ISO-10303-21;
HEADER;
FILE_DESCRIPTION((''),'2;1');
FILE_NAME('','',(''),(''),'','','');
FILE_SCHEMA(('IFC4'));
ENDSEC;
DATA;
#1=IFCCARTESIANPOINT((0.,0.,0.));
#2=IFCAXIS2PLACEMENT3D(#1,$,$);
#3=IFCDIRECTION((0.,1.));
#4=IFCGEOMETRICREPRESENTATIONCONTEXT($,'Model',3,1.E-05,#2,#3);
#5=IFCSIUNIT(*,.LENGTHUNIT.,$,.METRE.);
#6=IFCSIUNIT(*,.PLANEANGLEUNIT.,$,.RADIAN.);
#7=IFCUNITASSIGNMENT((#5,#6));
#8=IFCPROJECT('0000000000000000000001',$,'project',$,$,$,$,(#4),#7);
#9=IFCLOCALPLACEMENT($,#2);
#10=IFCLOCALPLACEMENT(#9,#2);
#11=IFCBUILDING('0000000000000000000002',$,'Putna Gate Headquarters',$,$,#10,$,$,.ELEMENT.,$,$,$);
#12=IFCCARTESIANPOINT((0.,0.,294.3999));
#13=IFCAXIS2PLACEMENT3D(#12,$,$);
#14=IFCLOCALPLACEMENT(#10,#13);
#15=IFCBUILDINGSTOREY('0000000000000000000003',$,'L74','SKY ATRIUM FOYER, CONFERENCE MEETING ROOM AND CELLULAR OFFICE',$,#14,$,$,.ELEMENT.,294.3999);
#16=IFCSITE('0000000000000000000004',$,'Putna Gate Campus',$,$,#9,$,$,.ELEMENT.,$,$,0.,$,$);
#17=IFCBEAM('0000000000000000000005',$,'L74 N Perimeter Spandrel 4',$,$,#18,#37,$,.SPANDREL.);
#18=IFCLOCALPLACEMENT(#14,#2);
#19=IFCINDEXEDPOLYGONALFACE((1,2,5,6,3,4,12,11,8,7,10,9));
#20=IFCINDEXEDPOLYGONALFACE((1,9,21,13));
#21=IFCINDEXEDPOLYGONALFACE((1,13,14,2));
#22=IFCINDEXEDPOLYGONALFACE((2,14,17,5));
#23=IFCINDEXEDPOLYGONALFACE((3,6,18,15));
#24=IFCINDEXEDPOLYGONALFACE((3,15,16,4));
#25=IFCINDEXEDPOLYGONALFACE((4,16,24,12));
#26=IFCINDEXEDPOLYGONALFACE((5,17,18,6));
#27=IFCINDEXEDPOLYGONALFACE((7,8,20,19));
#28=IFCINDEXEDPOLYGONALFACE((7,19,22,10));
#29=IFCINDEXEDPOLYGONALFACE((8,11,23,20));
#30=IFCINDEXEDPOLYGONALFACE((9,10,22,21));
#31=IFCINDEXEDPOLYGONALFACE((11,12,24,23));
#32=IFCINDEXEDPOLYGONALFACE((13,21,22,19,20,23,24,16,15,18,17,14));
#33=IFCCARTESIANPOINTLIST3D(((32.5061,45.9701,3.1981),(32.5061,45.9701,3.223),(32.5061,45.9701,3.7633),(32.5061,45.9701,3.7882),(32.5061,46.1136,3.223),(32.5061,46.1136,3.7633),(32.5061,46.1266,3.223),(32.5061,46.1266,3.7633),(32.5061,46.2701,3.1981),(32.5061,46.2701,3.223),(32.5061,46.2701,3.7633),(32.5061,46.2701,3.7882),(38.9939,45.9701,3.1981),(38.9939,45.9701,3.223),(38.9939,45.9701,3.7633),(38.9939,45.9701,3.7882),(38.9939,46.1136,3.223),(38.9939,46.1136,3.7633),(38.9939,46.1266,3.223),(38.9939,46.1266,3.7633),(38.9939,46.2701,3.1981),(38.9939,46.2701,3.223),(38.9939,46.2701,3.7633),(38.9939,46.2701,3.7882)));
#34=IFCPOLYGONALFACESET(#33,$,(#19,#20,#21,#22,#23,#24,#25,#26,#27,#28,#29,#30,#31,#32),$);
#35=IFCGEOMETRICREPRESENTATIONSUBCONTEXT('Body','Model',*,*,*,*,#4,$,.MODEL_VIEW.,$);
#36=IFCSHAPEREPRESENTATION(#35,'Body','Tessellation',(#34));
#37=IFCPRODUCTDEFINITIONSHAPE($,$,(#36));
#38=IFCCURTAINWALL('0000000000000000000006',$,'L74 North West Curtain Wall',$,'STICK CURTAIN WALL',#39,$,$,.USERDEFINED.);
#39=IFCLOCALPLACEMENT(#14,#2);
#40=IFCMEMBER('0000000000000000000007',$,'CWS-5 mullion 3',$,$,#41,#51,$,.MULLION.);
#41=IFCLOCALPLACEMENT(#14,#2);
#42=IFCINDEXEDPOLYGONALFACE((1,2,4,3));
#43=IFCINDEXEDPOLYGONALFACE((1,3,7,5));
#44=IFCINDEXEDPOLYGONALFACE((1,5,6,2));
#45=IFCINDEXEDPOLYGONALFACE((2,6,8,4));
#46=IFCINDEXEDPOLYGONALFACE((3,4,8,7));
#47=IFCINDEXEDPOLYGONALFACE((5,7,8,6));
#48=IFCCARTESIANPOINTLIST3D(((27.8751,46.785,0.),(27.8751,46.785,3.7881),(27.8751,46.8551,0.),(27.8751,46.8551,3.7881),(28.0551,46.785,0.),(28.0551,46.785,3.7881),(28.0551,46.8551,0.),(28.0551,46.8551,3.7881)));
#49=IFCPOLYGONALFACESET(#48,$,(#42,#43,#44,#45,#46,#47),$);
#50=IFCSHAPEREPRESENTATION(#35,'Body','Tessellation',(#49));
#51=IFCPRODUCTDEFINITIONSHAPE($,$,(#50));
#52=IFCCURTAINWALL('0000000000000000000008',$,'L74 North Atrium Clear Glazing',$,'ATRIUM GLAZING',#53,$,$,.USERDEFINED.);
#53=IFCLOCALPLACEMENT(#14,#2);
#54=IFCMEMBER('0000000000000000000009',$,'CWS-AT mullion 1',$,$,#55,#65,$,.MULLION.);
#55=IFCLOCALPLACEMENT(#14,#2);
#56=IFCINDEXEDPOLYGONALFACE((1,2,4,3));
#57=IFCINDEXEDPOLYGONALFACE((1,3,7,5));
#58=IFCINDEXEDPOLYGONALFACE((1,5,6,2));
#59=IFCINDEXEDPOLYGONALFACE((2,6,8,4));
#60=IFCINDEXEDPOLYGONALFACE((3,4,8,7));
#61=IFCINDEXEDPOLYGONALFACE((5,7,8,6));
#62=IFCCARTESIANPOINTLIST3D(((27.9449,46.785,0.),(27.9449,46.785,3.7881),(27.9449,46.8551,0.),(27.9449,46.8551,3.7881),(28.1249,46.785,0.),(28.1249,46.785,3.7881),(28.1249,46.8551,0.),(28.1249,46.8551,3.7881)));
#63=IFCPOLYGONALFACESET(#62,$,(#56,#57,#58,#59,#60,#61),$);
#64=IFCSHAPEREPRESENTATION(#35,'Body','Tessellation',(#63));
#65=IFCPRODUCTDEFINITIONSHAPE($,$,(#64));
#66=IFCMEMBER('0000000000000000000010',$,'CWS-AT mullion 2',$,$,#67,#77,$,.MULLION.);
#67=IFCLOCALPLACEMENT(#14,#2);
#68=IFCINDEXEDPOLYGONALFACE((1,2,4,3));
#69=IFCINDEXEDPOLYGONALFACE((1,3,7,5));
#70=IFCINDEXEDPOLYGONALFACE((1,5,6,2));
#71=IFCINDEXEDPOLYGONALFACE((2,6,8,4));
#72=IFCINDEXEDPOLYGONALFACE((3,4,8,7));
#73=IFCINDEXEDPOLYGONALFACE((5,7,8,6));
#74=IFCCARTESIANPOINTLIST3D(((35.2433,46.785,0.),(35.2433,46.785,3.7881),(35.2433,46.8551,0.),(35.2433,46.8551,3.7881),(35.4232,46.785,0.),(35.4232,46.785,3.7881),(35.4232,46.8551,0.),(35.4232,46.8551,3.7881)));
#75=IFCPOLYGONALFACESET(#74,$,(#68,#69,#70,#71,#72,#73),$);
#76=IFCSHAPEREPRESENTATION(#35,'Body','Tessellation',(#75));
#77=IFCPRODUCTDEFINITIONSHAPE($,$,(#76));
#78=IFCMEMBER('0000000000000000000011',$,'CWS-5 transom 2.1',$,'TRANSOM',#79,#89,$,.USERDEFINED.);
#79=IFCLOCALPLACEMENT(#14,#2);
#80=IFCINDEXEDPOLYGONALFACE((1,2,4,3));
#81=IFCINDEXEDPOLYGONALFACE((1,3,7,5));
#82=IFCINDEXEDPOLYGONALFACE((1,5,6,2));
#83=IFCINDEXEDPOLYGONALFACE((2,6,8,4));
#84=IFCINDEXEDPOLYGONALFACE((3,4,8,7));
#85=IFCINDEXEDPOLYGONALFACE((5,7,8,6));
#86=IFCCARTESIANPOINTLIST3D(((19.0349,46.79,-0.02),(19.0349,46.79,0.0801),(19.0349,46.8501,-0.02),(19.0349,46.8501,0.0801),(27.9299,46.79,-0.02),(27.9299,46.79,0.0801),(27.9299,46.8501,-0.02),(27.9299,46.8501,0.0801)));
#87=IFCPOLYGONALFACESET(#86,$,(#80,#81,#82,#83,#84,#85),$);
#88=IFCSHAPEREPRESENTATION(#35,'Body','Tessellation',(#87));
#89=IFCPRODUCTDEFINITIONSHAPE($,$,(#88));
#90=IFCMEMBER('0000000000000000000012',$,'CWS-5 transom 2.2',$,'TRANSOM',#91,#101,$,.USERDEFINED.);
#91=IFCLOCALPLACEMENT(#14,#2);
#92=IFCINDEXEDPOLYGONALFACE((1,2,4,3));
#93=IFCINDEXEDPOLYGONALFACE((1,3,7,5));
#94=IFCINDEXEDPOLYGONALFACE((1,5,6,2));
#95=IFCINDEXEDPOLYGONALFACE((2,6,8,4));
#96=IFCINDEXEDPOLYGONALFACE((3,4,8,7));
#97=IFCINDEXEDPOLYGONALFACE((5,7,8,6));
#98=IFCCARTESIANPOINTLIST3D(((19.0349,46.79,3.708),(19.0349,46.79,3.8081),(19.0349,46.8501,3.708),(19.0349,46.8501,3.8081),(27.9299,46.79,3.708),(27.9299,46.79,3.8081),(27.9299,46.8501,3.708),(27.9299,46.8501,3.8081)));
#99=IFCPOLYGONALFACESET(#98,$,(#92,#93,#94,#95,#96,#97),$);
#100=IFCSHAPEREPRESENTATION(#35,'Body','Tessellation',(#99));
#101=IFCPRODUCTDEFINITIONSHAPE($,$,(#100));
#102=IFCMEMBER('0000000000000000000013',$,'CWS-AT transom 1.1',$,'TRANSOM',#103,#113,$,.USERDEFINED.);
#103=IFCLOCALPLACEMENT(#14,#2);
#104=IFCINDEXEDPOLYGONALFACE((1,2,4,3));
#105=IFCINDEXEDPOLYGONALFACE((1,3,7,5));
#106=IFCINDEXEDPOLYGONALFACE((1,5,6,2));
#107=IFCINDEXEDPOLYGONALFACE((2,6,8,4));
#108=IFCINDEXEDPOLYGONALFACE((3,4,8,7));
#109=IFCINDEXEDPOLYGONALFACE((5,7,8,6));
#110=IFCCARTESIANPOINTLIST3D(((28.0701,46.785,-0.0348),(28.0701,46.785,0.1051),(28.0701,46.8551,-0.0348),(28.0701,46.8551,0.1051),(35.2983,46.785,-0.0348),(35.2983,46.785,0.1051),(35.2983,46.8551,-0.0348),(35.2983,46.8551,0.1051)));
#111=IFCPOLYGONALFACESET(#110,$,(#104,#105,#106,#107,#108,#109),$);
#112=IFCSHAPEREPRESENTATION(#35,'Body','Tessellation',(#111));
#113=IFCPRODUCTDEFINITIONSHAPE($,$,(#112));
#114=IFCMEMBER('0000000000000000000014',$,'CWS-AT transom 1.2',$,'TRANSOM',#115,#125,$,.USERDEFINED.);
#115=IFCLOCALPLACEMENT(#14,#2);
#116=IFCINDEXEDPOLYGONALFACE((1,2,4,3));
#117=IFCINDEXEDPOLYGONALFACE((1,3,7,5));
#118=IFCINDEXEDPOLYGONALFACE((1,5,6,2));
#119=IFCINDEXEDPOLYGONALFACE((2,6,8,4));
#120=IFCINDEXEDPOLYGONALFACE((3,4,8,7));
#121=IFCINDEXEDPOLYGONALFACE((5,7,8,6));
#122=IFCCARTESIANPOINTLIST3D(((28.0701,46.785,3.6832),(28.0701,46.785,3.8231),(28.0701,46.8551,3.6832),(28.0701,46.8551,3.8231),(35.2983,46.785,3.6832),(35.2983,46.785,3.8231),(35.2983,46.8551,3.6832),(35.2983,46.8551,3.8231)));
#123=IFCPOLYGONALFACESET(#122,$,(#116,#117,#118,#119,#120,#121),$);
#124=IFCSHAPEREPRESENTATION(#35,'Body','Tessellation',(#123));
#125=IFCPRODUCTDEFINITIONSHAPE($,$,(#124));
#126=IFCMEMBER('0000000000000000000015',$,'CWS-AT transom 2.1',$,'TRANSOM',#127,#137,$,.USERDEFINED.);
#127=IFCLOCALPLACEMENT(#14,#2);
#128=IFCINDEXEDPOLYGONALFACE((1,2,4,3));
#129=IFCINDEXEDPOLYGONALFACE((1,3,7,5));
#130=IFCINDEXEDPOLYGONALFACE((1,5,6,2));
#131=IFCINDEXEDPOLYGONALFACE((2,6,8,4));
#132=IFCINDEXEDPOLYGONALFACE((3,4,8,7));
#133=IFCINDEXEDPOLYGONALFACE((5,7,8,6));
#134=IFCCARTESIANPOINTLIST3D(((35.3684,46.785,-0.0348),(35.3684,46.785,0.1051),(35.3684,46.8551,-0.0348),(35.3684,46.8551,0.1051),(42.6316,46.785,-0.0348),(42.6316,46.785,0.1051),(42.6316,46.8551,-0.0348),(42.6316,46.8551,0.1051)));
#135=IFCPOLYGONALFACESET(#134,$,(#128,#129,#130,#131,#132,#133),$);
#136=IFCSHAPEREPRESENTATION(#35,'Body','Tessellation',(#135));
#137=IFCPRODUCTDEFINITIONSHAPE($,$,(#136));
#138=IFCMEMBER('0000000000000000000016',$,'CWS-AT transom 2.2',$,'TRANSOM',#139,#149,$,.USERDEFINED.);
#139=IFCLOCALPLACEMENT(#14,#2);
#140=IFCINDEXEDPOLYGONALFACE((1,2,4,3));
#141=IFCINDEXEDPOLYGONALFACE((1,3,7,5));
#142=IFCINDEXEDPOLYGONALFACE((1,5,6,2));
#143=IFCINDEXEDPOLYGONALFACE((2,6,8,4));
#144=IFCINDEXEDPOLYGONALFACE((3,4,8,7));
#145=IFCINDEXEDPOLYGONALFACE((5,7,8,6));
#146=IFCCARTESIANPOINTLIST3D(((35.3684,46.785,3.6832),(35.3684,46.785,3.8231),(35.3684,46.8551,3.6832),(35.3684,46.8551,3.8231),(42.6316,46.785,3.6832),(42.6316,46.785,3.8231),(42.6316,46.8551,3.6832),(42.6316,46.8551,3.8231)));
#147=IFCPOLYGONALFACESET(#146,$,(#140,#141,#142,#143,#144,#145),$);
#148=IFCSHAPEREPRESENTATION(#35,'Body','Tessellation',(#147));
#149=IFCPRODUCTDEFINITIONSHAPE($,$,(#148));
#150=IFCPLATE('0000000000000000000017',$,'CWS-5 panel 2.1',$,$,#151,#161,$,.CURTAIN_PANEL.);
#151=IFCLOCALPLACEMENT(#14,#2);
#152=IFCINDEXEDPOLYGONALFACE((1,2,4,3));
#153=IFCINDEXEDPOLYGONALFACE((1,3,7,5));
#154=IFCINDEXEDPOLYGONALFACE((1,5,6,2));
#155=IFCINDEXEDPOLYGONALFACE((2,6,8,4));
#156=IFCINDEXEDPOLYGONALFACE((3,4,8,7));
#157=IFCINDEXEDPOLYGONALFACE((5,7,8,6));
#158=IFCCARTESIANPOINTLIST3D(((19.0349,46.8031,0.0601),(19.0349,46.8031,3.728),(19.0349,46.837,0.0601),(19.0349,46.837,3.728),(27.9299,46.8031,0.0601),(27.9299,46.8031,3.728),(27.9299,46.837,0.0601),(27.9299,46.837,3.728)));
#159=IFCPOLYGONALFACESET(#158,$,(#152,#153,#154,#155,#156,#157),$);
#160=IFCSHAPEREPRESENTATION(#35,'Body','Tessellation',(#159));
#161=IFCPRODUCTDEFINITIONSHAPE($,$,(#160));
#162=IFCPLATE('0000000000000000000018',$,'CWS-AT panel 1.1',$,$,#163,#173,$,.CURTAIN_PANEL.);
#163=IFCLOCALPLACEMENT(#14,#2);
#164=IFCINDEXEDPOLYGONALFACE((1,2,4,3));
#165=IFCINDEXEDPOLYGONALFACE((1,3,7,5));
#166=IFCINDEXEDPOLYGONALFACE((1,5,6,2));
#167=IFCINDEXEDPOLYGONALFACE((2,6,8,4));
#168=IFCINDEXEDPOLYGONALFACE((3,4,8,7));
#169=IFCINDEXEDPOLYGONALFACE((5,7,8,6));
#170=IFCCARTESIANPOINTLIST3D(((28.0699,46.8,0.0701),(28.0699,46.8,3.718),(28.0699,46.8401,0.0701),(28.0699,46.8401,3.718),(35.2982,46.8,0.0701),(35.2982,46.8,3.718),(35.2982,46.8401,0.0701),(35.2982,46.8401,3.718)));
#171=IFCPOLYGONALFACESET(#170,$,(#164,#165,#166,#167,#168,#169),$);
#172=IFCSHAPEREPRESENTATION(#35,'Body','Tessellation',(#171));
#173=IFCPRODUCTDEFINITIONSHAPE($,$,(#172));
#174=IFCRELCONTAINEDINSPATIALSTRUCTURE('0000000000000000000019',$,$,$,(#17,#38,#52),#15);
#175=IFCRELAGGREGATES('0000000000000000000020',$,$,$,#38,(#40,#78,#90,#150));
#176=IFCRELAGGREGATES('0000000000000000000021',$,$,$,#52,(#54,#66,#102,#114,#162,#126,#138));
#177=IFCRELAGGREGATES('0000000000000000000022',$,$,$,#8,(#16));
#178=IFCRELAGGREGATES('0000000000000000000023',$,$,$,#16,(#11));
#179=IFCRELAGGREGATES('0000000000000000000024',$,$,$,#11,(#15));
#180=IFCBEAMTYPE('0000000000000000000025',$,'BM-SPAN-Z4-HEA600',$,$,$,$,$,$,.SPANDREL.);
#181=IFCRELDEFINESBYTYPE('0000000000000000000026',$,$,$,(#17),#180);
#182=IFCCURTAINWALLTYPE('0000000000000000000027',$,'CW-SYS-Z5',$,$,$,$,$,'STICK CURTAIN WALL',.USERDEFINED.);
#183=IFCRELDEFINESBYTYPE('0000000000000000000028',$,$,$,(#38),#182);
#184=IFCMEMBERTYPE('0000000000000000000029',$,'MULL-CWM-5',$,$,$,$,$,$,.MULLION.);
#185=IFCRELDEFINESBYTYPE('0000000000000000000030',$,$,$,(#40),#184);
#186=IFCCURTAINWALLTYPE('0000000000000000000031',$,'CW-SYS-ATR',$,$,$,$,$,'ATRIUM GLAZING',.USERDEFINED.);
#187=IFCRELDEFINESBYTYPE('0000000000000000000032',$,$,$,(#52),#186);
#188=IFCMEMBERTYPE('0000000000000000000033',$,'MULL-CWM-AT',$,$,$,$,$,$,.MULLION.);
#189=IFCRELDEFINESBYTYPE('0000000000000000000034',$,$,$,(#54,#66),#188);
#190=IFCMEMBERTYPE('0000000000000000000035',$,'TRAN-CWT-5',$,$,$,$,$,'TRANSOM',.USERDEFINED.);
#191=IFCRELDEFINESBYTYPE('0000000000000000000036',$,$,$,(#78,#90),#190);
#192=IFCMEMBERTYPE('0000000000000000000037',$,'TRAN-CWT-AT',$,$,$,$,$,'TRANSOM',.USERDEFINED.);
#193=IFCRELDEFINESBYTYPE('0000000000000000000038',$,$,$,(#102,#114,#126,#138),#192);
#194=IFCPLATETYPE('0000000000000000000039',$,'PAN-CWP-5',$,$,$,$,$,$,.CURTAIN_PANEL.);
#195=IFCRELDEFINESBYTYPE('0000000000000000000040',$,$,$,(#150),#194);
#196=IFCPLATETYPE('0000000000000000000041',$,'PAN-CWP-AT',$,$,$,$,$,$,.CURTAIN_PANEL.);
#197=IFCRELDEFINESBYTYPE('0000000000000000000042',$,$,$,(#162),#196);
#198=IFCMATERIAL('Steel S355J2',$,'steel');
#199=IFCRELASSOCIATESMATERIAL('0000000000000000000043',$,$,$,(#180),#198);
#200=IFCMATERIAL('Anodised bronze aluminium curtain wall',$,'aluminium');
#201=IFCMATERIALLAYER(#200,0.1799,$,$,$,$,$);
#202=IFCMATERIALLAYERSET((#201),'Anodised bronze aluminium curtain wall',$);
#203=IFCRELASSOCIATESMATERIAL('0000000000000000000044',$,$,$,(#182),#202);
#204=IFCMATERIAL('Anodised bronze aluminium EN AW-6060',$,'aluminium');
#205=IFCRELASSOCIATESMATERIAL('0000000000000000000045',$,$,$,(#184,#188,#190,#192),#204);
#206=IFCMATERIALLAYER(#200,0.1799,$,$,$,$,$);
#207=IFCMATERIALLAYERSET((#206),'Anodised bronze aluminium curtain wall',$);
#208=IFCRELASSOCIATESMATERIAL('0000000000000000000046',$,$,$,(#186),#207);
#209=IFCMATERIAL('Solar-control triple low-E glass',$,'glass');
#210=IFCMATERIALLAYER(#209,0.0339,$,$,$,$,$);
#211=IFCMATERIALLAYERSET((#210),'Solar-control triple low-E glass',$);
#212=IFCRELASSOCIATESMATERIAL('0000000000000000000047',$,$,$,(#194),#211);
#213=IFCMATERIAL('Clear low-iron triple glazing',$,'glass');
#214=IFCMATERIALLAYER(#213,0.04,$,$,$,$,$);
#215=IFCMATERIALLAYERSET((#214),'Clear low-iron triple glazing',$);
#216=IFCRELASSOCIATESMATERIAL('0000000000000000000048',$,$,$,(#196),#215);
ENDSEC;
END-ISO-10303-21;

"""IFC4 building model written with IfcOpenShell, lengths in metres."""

from ifc_helpers import new_model, si_unit, direction, frame, origin, origin_2d, place, context, subcontext, project, spatial, rectangle, i_section, extrude, material, layer, layer_set, material_profile, profile_set, type_object, element, aggregate, save


model = new_model("IFC4")

# Units and contexts
model_context = context("Model", 3, precision=1e-05, world=origin(), true_north=direction((0.0, 1.0)))
body_context = subcontext(model_context, "Body", "Model", "MODEL_VIEW")
ifc_project = project(units=[si_unit("LENGTHUNIT", "METRE"), si_unit("PLANEANGLEUNIT", "RADIAN")], contexts=[model_context])

# Site, building, storey
site_placement = place(None, origin())
site = spatial("IfcSite", under=ifc_project, at=site_placement, Name="Putna Gate Campus", CompositionType="ELEMENT", RefElevation=0.0)
building_placement = place(site_placement, origin())
building = spatial("IfcBuilding", under=site, at=building_placement, Name="Putna Gate Headquarters", CompositionType="ELEMENT")
storey_placement = place(building_placement, frame((0.0, 0.0, 294.3999)))
storey = spatial("IfcBuildingStorey", under=building, at=storey_placement, Name="L74", Description="SKY ATRIUM FOYER, CONFERENCE MEETING ROOM AND CELLULAR OFFICE", CompositionType="ELEMENT", Elevation=294.3999)

# Beam
ifc_material_1 = material(Name="Steel S355J2", Category="steel")
ifc_material_profile_1 = material_profile(ifc_material_1, i_section(OverallWidth=0.3, OverallDepth=0.5901, WebThickness=0.0129, FlangeThickness=0.0249, at=origin_2d()), Name="Steel S355J2")
ifc_profile_set_1 = profile_set([ifc_material_profile_1], Name="Steel S355J2")
beam_type_1 = type_object("IfcBeamType", Name="BM-SPAN-Z4-HEA600", PredefinedType="SPANDREL", material=ifc_profile_set_1)
for number, where, z_axis, x_axis, name in (
    (1, (32.5061, 46.1201, 3.4932), (1.0, 0.0, 0.0), (0.0, 1.0, 0.0), "L74 N Perimeter Spandrel 4"),
):
    element("IfcBeam", number, at=place(storey_placement, frame(where, z_axis=z_axis, x_axis=x_axis)), inside=storey, type_object=beam_type_1, Name=name, PredefinedType="SPANDREL", context=body_context, shape_type="SweptSolid", body=[
        extrude(i_section(OverallWidth=0.3, OverallDepth=0.5901, WebThickness=0.0129, FlangeThickness=0.0249, at=origin_2d()), origin(), (0.0, 0.0, 1.0), 6.4878),
    ])

# Curtain wall, member
ifc_material_2 = material(Name="Anodised bronze aluminium curtain wall", Category="aluminium")
ifc_layer_1 = layer(ifc_material_2, 0.1799)
ifc_layer_set_1 = layer_set([ifc_layer_1], Name="Anodised bronze aluminium curtain wall")
curtain_wall_type_1 = type_object("IfcCurtainWallType", Name="CW-SYS-Z5", ElementType="STICK CURTAIN WALL", PredefinedType="USERDEFINED", material=ifc_layer_set_1)
curtain_wall_1_placement = place(storey_placement, origin())
curtain_wall_1 = element("IfcCurtainWall", 2, at=curtain_wall_1_placement, inside=storey, type_object=curtain_wall_type_1, Name="L74 North West Curtain Wall", ObjectType="STICK CURTAIN WALL", PredefinedType="USERDEFINED")
ifc_material_3 = material(Name="Anodised bronze aluminium EN AW-6060", Category="aluminium")
ifc_material_profile_2 = material_profile(ifc_material_3, rectangle(XDim=0.0701, YDim=0.1799, at=origin_2d()), Name="Anodised bronze aluminium EN AW-6060")
ifc_profile_set_2 = profile_set([ifc_material_profile_2], Name="Anodised bronze aluminium EN AW-6060")
member_type_1 = type_object("IfcMemberType", Name="MULL-CWM-5", PredefinedType="MULLION", material=ifc_profile_set_2)
member_1_placement = place(storey_placement, frame((27.9651, 46.8201, 0.0), z_axis=(0.0, 0.0, 1.0), x_axis=(0.0, 1.0, 0.0)))
member_1 = element("IfcMember", 3, at=member_1_placement, type_object=member_type_1, Name="CWS-5 mullion 3", PredefinedType="MULLION", context=body_context, shape_type="SweptSolid", body=[
    extrude(rectangle(XDim=0.0701, YDim=0.1799, at=origin_2d()), origin(), (0.0, 0.0, 1.0), 3.7881),
])

# Curtain wall, members
ifc_layer_2 = layer(ifc_material_2, 0.1799)
ifc_layer_set_2 = layer_set([ifc_layer_2], Name="Anodised bronze aluminium curtain wall")
curtain_wall_type_2 = type_object("IfcCurtainWallType", Name="CW-SYS-ATR", ElementType="ATRIUM GLAZING", PredefinedType="USERDEFINED", material=ifc_layer_set_2)
curtain_wall_2_placement = place(storey_placement, origin())
curtain_wall_2 = element("IfcCurtainWall", 4, at=curtain_wall_2_placement, inside=storey, type_object=curtain_wall_type_2, Name="L74 North Atrium Clear Glazing", ObjectType="ATRIUM GLAZING", PredefinedType="USERDEFINED")
ifc_material_profile_3 = material_profile(ifc_material_3, rectangle(XDim=0.0701, YDim=0.1799, at=origin_2d()), Name="Anodised bronze aluminium EN AW-6060")
ifc_profile_set_3 = profile_set([ifc_material_profile_3], Name="Anodised bronze aluminium EN AW-6060")
member_type_2 = type_object("IfcMemberType", Name="MULL-CWM-AT", PredefinedType="MULLION", material=ifc_profile_set_3)
member_2_placement = place(storey_placement, frame((28.0349, 46.8201, 0.0), z_axis=(0.0, 0.0, 1.0), x_axis=(0.0, 1.0, 0.0)))
member_2 = element("IfcMember", 5, at=member_2_placement, type_object=member_type_2, Name="CWS-AT mullion 1", PredefinedType="MULLION", context=body_context, shape_type="SweptSolid", body=[
    extrude(rectangle(XDim=0.0701, YDim=0.1799, at=origin_2d()), origin(), (0.0, 0.0, 1.0), 3.7881),
])
member_3_placement = place(storey_placement, frame((35.3333, 46.8201, 0.0), z_axis=(0.0, 0.0, 1.0), x_axis=(0.0, 1.0, 0.0)))
member_3 = element("IfcMember", 6, at=member_3_placement, type_object=member_type_2, Name="CWS-AT mullion 2", PredefinedType="MULLION", context=body_context, shape_type="SweptSolid", body=[
    extrude(rectangle(XDim=0.0701, YDim=0.1799, at=origin_2d()), origin(), (0.0, 0.0, 1.0), 3.7881),
])

# Members
ifc_material_profile_4 = material_profile(ifc_material_3, rectangle(XDim=0.0601, YDim=0.1001, at=origin_2d()), Name="Anodised bronze aluminium EN AW-6060")
ifc_profile_set_4 = profile_set([ifc_material_profile_4], Name="Anodised bronze aluminium EN AW-6060")
member_type_3 = type_object("IfcMemberType", Name="TRAN-CWT-5", ElementType="TRANSOM", PredefinedType="USERDEFINED", material=ifc_profile_set_4)
member_4_placement = place(storey_placement, frame((19.0349, 46.8201, 0.03), z_axis=(1.0, 0.0, 0.0), x_axis=(0.0, 1.0, 0.0)))
member_4 = element("IfcMember", 7, at=member_4_placement, type_object=member_type_3, Name="CWS-5 transom 2.1", ObjectType="TRANSOM", PredefinedType="USERDEFINED", context=body_context, shape_type="SweptSolid", body=[
    extrude(rectangle(XDim=0.0601, YDim=0.1001, at=origin_2d()), origin(), (0.0, 0.0, 1.0), 8.895),
])
member_5_placement = place(storey_placement, frame((19.0349, 46.8201, 3.7581), z_axis=(1.0, 0.0, 0.0), x_axis=(0.0, 1.0, 0.0)))
member_5 = element("IfcMember", 8, at=member_5_placement, type_object=member_type_3, Name="CWS-5 transom 2.2", ObjectType="TRANSOM", PredefinedType="USERDEFINED", context=body_context, shape_type="SweptSolid", body=[
    extrude(rectangle(XDim=0.0601, YDim=0.1001, at=origin_2d()), origin(), (0.0, 0.0, 1.0), 8.895),
])
ifc_material_profile_5 = material_profile(ifc_material_3, rectangle(XDim=0.0701, YDim=0.1399, at=origin_2d()), Name="Anodised bronze aluminium EN AW-6060")
ifc_profile_set_5 = profile_set([ifc_material_profile_5], Name="Anodised bronze aluminium EN AW-6060")
member_type_4 = type_object("IfcMemberType", Name="TRAN-CWT-AT", ElementType="TRANSOM", PredefinedType="USERDEFINED", material=ifc_profile_set_5)
member_6_placement = place(storey_placement, frame((28.0701, 46.8201, 0.0352), z_axis=(1.0, 0.0, 0.0), x_axis=(0.0, 1.0, 0.0)))
member_6 = element("IfcMember", 9, at=member_6_placement, type_object=member_type_4, Name="CWS-AT transom 1.1", ObjectType="TRANSOM", PredefinedType="USERDEFINED", context=body_context, shape_type="SweptSolid", body=[
    extrude(rectangle(XDim=0.0701, YDim=0.1399, at=origin_2d()), origin(), (0.0, 0.0, 1.0), 7.2283),
])
member_7_placement = place(storey_placement, frame((28.0701, 46.8201, 3.7532), z_axis=(1.0, 0.0, 0.0), x_axis=(0.0, 1.0, 0.0)))
member_7 = element("IfcMember", 10, at=member_7_placement, type_object=member_type_4, Name="CWS-AT transom 1.2", ObjectType="TRANSOM", PredefinedType="USERDEFINED", context=body_context, shape_type="SweptSolid", body=[
    extrude(rectangle(XDim=0.0701, YDim=0.1399, at=origin_2d()), origin(), (0.0, 0.0, 1.0), 7.2283),
])
member_8_placement = place(storey_placement, frame((35.3684, 46.8201, 0.0352), z_axis=(1.0, 0.0, 0.0), x_axis=(0.0, 1.0, 0.0)))
member_8 = element("IfcMember", 11, at=member_8_placement, type_object=member_type_4, Name="CWS-AT transom 2.1", ObjectType="TRANSOM", PredefinedType="USERDEFINED", context=body_context, shape_type="SweptSolid", body=[
    extrude(rectangle(XDim=0.0701, YDim=0.1399, at=origin_2d()), origin(), (0.0, 0.0, 1.0), 7.2632),
])
member_9_placement = place(storey_placement, frame((35.3684, 46.8201, 3.7532), z_axis=(1.0, 0.0, 0.0), x_axis=(0.0, 1.0, 0.0)))
member_9 = element("IfcMember", 12, at=member_9_placement, type_object=member_type_4, Name="CWS-AT transom 2.2", ObjectType="TRANSOM", PredefinedType="USERDEFINED", context=body_context, shape_type="SweptSolid", body=[
    extrude(rectangle(XDim=0.0701, YDim=0.1399, at=origin_2d()), origin(), (0.0, 0.0, 1.0), 7.2632),
])

# Plates
ifc_material_4 = material(Name="Solar-control triple low-E glass", Category="glass")
ifc_layer_3 = layer(ifc_material_4, 0.0339)
ifc_layer_set_3 = layer_set([ifc_layer_3], Name="Solar-control triple low-E glass")
plate_type_1 = type_object("IfcPlateType", Name="PAN-CWP-5", PredefinedType="CURTAIN_PANEL", material=ifc_layer_set_3)
plate_1_placement = place(storey_placement, frame((23.4824, 46.8201, 0.0601), z_axis=(0.0, 0.0, 1.0), x_axis=(1.0, 0.0, 0.0)))
plate_1 = element("IfcPlate", 13, at=plate_1_placement, type_object=plate_type_1, Name="CWS-5 panel 2.1", PredefinedType="CURTAIN_PANEL", context=body_context, shape_type="SweptSolid", body=[
    extrude(rectangle(XDim=8.895, YDim=0.0339, at=origin_2d()), origin(), (0.0, 0.0, 1.0), 3.668),
])
aggregate(curtain_wall_1, [member_1, member_4, member_5, plate_1])
ifc_material_5 = material(Name="Clear low-iron triple glazing", Category="glass")
ifc_layer_4 = layer(ifc_material_5, 0.04)
ifc_layer_set_4 = layer_set([ifc_layer_4], Name="Clear low-iron triple glazing")
plate_type_2 = type_object("IfcPlateType", Name="PAN-CWP-AT", PredefinedType="CURTAIN_PANEL", material=ifc_layer_set_4)
plate_2_placement = place(storey_placement, frame((31.6841, 46.8201, 0.0701), z_axis=(0.0, 0.0, 1.0), x_axis=(1.0, 0.0, 0.0)))
plate_2 = element("IfcPlate", 14, at=plate_2_placement, type_object=plate_type_2, Name="CWS-AT panel 1.1", PredefinedType="CURTAIN_PANEL", context=body_context, shape_type="SweptSolid", body=[
    extrude(rectangle(XDim=7.2283, YDim=0.04, at=origin_2d()), origin(), (0.0, 0.0, 1.0), 3.6479),
])
aggregate(curtain_wall_2, [member_2, member_3, member_6, member_7, plate_2, member_8, member_9])

save(model, "model.ifc")
